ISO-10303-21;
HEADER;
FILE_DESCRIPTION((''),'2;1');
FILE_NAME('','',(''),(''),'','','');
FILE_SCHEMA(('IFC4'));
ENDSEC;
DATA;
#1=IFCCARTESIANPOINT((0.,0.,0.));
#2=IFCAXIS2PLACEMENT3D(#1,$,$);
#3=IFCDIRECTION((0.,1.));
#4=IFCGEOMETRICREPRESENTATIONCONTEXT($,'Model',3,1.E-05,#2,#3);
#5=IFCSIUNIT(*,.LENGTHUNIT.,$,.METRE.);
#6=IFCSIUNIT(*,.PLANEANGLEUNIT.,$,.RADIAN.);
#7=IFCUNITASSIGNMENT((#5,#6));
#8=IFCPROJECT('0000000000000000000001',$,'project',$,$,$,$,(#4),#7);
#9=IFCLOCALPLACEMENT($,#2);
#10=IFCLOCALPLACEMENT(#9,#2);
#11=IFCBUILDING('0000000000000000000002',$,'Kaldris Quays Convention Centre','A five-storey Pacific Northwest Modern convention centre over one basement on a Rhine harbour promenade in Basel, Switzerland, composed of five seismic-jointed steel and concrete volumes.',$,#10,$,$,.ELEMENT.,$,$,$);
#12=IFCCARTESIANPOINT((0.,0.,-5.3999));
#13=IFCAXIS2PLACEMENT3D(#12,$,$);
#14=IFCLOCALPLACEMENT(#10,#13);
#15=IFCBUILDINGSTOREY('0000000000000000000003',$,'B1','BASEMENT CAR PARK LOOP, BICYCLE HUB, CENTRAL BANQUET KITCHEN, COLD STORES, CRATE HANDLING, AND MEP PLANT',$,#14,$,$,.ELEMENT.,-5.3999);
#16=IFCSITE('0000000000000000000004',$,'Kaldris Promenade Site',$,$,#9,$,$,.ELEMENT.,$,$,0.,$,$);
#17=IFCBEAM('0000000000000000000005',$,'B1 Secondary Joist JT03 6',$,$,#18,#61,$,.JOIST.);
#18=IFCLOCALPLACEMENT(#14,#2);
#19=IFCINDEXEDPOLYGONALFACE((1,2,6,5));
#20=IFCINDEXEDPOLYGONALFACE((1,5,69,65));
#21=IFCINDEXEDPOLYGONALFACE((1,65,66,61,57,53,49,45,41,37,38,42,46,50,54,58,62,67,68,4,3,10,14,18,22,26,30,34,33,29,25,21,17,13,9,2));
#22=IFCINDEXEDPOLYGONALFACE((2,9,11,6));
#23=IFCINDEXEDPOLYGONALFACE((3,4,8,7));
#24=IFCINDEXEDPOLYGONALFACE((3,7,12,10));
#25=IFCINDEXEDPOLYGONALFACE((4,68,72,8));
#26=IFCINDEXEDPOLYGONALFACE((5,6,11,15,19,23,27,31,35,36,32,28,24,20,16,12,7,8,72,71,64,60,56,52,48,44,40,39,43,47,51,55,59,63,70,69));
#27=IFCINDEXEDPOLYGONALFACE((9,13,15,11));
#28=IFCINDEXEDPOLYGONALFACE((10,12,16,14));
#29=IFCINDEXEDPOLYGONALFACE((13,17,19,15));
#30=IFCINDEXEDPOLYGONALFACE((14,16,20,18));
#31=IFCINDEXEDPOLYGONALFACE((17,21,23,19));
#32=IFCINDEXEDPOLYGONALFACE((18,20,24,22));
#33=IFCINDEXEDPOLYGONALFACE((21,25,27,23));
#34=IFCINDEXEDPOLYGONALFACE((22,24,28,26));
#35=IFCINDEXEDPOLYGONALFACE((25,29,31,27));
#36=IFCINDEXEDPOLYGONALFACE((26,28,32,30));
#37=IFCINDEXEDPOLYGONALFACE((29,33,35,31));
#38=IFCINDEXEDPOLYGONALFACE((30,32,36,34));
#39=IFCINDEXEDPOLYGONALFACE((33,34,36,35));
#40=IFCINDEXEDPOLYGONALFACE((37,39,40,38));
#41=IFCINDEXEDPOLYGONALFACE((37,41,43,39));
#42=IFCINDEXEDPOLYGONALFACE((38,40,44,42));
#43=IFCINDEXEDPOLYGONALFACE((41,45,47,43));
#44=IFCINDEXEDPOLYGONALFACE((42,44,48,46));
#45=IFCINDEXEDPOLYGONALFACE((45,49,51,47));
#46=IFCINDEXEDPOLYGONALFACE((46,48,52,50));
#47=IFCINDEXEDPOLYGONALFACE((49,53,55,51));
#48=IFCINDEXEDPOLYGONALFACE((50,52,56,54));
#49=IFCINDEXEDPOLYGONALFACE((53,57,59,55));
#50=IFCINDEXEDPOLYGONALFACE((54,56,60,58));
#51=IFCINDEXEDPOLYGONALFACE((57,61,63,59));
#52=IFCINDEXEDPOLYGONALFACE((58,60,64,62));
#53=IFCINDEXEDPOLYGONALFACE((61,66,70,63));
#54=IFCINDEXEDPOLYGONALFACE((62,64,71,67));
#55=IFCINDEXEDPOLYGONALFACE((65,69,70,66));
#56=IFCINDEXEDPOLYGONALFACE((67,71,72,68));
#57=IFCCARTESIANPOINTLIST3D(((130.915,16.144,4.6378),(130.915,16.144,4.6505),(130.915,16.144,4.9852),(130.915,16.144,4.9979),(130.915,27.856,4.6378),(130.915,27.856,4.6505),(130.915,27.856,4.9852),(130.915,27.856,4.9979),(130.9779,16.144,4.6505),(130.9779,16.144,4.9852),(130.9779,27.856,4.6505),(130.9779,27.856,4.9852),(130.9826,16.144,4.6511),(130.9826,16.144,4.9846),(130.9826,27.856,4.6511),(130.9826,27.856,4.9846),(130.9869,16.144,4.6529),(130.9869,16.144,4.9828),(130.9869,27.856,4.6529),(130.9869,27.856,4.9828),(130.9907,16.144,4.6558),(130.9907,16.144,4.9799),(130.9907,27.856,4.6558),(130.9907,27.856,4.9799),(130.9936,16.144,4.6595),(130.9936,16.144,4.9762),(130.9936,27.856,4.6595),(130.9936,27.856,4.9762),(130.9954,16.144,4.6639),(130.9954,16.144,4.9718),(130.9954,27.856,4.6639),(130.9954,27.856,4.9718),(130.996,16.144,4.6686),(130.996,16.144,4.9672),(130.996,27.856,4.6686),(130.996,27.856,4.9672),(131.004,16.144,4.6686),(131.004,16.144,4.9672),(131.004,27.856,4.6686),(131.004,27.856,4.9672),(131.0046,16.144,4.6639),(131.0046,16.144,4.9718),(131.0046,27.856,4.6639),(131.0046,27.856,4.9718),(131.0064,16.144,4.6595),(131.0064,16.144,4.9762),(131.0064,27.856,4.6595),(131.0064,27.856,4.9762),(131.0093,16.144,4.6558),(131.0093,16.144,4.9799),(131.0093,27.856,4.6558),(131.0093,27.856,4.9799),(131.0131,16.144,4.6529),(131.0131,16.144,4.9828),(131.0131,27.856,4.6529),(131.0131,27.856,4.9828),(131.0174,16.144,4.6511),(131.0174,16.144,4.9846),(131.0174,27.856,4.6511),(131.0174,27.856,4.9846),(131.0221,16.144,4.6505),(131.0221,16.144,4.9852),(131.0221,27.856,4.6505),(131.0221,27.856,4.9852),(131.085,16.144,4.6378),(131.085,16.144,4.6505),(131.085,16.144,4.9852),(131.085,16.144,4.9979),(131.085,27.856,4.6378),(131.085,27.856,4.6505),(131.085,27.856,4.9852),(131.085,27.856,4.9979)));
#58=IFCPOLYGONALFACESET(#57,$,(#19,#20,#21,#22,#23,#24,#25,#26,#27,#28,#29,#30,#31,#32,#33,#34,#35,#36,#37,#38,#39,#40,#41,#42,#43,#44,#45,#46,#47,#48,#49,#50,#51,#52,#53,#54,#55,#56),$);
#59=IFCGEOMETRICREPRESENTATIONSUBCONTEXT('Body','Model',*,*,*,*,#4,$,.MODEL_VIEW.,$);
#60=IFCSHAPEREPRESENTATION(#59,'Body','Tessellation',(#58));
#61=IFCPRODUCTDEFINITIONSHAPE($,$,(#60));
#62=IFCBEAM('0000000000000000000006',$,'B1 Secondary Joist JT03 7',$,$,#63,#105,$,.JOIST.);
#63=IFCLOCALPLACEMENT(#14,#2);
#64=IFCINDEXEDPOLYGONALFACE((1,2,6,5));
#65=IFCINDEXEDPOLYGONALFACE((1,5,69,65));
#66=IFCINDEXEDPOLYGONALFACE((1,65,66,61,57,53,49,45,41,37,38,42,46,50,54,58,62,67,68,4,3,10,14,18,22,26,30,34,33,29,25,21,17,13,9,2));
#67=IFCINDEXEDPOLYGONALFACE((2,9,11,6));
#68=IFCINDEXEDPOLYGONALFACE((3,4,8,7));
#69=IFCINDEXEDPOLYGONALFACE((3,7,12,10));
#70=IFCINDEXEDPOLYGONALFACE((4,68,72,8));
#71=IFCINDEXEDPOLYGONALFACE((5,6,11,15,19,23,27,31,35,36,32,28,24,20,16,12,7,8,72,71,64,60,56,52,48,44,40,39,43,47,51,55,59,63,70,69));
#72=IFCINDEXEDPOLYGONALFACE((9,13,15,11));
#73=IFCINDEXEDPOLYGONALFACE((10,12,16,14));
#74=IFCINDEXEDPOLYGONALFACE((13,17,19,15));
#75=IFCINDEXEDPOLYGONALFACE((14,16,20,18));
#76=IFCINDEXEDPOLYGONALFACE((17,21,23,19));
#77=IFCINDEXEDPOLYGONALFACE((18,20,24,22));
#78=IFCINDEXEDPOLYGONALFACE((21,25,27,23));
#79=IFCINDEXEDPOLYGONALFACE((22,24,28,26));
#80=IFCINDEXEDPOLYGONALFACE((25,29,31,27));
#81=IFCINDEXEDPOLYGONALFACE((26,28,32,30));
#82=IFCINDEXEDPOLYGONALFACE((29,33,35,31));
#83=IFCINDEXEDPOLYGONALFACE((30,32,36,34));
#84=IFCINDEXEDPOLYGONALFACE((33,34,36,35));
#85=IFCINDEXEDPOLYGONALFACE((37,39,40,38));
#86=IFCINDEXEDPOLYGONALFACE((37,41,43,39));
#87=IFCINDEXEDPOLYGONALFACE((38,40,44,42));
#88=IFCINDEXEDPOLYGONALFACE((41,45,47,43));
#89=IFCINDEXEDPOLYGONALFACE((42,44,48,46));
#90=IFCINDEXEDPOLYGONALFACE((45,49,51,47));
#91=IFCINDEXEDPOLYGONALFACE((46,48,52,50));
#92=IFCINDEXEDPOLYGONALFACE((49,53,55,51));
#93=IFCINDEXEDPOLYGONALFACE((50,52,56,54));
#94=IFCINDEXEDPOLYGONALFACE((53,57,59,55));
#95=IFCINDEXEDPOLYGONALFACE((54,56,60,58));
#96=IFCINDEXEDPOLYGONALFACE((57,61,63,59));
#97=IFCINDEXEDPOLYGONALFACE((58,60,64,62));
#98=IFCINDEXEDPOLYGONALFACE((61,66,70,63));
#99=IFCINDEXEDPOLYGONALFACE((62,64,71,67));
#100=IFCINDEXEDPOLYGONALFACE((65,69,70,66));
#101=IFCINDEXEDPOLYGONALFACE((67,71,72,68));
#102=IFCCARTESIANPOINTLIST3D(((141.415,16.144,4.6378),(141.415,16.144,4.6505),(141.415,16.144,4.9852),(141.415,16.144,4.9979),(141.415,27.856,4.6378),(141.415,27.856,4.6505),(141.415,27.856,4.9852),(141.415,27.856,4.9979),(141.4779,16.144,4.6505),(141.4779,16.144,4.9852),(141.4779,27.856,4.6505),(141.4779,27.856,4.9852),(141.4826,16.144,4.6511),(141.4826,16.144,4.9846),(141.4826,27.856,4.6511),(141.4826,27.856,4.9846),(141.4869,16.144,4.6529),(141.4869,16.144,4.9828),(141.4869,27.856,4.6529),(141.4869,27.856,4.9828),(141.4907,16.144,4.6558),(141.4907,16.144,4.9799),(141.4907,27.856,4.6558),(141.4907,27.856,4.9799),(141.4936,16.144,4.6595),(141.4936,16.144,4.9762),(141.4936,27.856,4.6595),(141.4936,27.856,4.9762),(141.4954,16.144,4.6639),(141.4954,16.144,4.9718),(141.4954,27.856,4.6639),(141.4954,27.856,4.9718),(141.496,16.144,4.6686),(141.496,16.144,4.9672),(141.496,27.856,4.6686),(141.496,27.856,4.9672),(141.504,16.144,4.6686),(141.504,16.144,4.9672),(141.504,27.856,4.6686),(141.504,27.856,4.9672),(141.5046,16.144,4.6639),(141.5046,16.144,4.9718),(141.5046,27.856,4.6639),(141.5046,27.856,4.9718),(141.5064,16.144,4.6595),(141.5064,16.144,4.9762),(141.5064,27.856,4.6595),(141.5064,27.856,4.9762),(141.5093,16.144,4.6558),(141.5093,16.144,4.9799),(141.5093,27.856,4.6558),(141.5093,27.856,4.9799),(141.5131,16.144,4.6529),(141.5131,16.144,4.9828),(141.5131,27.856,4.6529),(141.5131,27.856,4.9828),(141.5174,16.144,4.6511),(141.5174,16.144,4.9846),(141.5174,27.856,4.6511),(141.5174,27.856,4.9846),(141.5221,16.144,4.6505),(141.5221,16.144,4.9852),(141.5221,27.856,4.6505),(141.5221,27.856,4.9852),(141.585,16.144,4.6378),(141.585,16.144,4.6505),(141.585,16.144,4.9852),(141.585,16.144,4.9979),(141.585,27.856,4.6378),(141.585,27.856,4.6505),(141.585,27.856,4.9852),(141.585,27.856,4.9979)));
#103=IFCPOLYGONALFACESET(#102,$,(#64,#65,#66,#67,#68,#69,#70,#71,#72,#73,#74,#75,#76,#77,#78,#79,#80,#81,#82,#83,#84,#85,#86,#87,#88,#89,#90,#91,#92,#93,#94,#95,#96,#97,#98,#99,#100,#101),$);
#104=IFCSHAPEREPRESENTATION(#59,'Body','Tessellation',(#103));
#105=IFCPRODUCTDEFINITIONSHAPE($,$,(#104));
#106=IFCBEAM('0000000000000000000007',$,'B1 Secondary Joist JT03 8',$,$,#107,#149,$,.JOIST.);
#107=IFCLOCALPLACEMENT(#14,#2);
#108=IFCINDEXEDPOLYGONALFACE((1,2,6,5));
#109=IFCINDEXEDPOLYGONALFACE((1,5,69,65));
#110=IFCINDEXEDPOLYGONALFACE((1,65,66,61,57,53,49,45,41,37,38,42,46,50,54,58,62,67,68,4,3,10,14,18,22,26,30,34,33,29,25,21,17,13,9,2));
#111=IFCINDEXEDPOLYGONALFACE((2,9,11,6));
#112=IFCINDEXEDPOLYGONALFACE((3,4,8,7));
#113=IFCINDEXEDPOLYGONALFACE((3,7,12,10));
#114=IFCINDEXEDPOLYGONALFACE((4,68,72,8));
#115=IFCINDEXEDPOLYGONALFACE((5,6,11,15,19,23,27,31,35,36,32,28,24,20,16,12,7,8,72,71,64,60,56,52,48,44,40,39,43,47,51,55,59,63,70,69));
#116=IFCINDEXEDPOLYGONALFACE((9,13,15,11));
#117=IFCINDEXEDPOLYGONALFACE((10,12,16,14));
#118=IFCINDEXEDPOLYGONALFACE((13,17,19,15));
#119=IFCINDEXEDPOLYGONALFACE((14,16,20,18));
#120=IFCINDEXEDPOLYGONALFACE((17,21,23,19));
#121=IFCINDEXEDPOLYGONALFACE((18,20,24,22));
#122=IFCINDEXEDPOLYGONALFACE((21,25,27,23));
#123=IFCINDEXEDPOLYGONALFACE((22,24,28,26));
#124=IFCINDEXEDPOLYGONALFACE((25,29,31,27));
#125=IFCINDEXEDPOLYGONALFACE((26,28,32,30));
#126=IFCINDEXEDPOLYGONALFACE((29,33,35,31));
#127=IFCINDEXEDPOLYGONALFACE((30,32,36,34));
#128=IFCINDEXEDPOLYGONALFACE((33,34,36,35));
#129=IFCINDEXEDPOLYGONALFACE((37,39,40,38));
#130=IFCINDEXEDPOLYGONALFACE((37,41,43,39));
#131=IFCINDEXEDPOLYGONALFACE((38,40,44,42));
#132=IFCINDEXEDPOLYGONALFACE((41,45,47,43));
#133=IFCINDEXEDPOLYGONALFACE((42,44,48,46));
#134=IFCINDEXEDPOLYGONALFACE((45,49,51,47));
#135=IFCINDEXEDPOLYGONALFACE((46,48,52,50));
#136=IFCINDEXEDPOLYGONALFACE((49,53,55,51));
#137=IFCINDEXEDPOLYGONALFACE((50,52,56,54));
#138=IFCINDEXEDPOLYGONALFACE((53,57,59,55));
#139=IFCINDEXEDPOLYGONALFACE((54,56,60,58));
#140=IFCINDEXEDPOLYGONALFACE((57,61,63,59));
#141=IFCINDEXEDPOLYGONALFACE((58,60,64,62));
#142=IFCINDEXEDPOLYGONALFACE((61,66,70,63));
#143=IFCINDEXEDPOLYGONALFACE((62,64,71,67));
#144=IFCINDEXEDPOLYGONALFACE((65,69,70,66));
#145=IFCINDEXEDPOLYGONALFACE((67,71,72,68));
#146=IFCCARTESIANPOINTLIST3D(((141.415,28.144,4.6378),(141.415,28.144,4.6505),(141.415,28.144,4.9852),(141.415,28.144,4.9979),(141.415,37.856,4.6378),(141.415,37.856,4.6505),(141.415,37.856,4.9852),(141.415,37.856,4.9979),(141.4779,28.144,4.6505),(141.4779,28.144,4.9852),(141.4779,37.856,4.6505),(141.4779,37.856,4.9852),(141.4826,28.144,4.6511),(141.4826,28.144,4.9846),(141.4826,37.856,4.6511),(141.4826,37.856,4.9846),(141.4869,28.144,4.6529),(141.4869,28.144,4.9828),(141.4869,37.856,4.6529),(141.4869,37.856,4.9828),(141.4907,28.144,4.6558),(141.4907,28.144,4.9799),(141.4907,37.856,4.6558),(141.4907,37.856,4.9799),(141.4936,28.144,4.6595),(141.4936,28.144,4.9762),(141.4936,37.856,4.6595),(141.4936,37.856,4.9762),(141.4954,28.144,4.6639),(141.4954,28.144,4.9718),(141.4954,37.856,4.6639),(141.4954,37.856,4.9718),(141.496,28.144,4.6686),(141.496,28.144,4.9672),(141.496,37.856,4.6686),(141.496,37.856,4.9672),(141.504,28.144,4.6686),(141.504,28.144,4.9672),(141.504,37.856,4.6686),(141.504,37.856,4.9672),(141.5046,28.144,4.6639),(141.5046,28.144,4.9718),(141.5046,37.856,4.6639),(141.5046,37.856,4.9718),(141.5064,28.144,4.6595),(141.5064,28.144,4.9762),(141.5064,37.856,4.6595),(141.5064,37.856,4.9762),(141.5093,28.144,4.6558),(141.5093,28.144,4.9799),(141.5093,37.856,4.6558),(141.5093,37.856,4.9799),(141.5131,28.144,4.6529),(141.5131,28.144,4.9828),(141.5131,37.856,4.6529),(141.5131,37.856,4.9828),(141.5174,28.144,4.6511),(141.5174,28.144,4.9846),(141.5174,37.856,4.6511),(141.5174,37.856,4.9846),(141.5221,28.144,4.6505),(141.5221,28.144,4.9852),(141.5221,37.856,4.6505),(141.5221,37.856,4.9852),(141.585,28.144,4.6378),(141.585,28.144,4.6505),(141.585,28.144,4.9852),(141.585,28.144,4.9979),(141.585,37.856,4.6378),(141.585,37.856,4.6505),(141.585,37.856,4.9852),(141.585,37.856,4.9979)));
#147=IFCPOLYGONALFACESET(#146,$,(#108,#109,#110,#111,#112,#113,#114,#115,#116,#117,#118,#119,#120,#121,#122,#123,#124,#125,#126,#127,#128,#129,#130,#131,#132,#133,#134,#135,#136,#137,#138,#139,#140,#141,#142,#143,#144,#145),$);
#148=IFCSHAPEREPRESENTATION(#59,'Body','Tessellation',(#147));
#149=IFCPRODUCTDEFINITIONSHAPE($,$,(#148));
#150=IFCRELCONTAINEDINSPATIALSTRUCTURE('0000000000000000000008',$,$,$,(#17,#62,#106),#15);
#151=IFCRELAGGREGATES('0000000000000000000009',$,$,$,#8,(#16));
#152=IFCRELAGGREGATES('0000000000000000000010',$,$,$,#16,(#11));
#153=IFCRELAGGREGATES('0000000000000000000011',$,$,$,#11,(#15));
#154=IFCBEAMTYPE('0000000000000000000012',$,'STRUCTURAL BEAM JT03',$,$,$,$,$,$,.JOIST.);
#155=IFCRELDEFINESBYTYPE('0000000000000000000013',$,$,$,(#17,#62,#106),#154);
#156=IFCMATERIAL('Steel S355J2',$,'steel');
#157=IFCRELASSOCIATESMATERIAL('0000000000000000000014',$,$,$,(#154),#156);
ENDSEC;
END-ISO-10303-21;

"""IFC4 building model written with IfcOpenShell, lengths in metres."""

from ifc_helpers import new_model, si_unit, direction, frame, origin, origin_2d, place, context, subcontext, project, spatial, i_section, extrude, material, material_profile, profile_set, type_object, element, save


model = new_model("IFC4")

# Units and contexts
model_context = context("Model", 3, precision=1e-05, world=origin(), true_north=direction((0.0, 1.0)))
body_context = subcontext(model_context, "Body", "Model", "MODEL_VIEW")
ifc_project = project(units=[si_unit("LENGTHUNIT", "METRE"), si_unit("PLANEANGLEUNIT", "RADIAN")], contexts=[model_context])

# Site, building, storey
site_placement = place(None, origin())
site = spatial("IfcSite", under=ifc_project, at=site_placement, Name="Kaldris Promenade Site", CompositionType="ELEMENT", RefElevation=0.0)
building_placement = place(site_placement, origin())
building = spatial("IfcBuilding", under=site, at=building_placement, Name="Kaldris Quays Convention Centre", Description="A five-storey Pacific Northwest Modern convention centre over one basement on a Rhine harbour promenade in Basel, Switzerland, composed of five seismic-jointed steel and concrete volumes.", CompositionType="ELEMENT")
storey_placement = place(building_placement, frame((0.0, 0.0, -5.3999)))
storey = spatial("IfcBuildingStorey", under=building, at=storey_placement, Name="B1", Description="BASEMENT CAR PARK LOOP, BICYCLE HUB, CENTRAL BANQUET KITCHEN, COLD STORES, CRATE HANDLING, AND MEP PLANT", CompositionType="ELEMENT", Elevation=-5.3999)

# Shared definitions
ifc_material_1 = material(Name="Steel S355J2", Category="steel")

# Beams
ifc_material_profile_1 = material_profile(ifc_material_1, i_section(OverallWidth=0.1699, OverallDepth=0.3601, WebThickness=0.0081, FlangeThickness=0.0127, FilletRadius=0.0181, at=origin_2d()), Name="IPE 360")
ifc_profile_set_1 = profile_set([ifc_material_profile_1], Name="Steel S355J2")
beam_type_1 = type_object("IfcBeamType", Name="STRUCTURAL BEAM JT03", PredefinedType="JOIST", material=ifc_profile_set_1)
for number, where, z_axis, x_axis, name in (
    (1, (131.0, 16.144, 4.8179), (0.0, 1.0, 0.0), (-1.0, 0.0, 0.0), "B1 Secondary Joist JT03 6"),
    (2, (141.5, 16.144, 4.8179), (0.0, 1.0, 0.0), (-1.0, 0.0, 0.0), "B1 Secondary Joist JT03 7"),
):
    element("IfcBeam", number, at=place(storey_placement, frame(where, z_axis=z_axis, x_axis=x_axis)), inside=storey, type_object=beam_type_1, Name=name, PredefinedType="JOIST", context=body_context, shape_type="SweptSolid", body=[
        extrude(i_section(OverallWidth=0.1699, OverallDepth=0.3601, WebThickness=0.0081, FlangeThickness=0.0127, FilletRadius=0.0181, at=origin_2d()), origin(), (0.0, 0.0, 1.0), 11.7119),
    ])
beam_1_placement = place(storey_placement, frame((141.5, 28.144, 4.8179), z_axis=(0.0, 1.0, 0.0), x_axis=(-1.0, 0.0, 0.0)))
element("IfcBeam", 3, at=beam_1_placement, inside=storey, type_object=beam_type_1, Name="B1 Secondary Joist JT03 8", PredefinedType="JOIST", context=body_context, shape_type="SweptSolid", body=[
    extrude(i_section(OverallWidth=0.1699, OverallDepth=0.3601, WebThickness=0.0081, FlangeThickness=0.0127, FilletRadius=0.0181, at=origin_2d()), origin(), (0.0, 0.0, 1.0), 9.7119),
])

save(model, "model.ifc")
